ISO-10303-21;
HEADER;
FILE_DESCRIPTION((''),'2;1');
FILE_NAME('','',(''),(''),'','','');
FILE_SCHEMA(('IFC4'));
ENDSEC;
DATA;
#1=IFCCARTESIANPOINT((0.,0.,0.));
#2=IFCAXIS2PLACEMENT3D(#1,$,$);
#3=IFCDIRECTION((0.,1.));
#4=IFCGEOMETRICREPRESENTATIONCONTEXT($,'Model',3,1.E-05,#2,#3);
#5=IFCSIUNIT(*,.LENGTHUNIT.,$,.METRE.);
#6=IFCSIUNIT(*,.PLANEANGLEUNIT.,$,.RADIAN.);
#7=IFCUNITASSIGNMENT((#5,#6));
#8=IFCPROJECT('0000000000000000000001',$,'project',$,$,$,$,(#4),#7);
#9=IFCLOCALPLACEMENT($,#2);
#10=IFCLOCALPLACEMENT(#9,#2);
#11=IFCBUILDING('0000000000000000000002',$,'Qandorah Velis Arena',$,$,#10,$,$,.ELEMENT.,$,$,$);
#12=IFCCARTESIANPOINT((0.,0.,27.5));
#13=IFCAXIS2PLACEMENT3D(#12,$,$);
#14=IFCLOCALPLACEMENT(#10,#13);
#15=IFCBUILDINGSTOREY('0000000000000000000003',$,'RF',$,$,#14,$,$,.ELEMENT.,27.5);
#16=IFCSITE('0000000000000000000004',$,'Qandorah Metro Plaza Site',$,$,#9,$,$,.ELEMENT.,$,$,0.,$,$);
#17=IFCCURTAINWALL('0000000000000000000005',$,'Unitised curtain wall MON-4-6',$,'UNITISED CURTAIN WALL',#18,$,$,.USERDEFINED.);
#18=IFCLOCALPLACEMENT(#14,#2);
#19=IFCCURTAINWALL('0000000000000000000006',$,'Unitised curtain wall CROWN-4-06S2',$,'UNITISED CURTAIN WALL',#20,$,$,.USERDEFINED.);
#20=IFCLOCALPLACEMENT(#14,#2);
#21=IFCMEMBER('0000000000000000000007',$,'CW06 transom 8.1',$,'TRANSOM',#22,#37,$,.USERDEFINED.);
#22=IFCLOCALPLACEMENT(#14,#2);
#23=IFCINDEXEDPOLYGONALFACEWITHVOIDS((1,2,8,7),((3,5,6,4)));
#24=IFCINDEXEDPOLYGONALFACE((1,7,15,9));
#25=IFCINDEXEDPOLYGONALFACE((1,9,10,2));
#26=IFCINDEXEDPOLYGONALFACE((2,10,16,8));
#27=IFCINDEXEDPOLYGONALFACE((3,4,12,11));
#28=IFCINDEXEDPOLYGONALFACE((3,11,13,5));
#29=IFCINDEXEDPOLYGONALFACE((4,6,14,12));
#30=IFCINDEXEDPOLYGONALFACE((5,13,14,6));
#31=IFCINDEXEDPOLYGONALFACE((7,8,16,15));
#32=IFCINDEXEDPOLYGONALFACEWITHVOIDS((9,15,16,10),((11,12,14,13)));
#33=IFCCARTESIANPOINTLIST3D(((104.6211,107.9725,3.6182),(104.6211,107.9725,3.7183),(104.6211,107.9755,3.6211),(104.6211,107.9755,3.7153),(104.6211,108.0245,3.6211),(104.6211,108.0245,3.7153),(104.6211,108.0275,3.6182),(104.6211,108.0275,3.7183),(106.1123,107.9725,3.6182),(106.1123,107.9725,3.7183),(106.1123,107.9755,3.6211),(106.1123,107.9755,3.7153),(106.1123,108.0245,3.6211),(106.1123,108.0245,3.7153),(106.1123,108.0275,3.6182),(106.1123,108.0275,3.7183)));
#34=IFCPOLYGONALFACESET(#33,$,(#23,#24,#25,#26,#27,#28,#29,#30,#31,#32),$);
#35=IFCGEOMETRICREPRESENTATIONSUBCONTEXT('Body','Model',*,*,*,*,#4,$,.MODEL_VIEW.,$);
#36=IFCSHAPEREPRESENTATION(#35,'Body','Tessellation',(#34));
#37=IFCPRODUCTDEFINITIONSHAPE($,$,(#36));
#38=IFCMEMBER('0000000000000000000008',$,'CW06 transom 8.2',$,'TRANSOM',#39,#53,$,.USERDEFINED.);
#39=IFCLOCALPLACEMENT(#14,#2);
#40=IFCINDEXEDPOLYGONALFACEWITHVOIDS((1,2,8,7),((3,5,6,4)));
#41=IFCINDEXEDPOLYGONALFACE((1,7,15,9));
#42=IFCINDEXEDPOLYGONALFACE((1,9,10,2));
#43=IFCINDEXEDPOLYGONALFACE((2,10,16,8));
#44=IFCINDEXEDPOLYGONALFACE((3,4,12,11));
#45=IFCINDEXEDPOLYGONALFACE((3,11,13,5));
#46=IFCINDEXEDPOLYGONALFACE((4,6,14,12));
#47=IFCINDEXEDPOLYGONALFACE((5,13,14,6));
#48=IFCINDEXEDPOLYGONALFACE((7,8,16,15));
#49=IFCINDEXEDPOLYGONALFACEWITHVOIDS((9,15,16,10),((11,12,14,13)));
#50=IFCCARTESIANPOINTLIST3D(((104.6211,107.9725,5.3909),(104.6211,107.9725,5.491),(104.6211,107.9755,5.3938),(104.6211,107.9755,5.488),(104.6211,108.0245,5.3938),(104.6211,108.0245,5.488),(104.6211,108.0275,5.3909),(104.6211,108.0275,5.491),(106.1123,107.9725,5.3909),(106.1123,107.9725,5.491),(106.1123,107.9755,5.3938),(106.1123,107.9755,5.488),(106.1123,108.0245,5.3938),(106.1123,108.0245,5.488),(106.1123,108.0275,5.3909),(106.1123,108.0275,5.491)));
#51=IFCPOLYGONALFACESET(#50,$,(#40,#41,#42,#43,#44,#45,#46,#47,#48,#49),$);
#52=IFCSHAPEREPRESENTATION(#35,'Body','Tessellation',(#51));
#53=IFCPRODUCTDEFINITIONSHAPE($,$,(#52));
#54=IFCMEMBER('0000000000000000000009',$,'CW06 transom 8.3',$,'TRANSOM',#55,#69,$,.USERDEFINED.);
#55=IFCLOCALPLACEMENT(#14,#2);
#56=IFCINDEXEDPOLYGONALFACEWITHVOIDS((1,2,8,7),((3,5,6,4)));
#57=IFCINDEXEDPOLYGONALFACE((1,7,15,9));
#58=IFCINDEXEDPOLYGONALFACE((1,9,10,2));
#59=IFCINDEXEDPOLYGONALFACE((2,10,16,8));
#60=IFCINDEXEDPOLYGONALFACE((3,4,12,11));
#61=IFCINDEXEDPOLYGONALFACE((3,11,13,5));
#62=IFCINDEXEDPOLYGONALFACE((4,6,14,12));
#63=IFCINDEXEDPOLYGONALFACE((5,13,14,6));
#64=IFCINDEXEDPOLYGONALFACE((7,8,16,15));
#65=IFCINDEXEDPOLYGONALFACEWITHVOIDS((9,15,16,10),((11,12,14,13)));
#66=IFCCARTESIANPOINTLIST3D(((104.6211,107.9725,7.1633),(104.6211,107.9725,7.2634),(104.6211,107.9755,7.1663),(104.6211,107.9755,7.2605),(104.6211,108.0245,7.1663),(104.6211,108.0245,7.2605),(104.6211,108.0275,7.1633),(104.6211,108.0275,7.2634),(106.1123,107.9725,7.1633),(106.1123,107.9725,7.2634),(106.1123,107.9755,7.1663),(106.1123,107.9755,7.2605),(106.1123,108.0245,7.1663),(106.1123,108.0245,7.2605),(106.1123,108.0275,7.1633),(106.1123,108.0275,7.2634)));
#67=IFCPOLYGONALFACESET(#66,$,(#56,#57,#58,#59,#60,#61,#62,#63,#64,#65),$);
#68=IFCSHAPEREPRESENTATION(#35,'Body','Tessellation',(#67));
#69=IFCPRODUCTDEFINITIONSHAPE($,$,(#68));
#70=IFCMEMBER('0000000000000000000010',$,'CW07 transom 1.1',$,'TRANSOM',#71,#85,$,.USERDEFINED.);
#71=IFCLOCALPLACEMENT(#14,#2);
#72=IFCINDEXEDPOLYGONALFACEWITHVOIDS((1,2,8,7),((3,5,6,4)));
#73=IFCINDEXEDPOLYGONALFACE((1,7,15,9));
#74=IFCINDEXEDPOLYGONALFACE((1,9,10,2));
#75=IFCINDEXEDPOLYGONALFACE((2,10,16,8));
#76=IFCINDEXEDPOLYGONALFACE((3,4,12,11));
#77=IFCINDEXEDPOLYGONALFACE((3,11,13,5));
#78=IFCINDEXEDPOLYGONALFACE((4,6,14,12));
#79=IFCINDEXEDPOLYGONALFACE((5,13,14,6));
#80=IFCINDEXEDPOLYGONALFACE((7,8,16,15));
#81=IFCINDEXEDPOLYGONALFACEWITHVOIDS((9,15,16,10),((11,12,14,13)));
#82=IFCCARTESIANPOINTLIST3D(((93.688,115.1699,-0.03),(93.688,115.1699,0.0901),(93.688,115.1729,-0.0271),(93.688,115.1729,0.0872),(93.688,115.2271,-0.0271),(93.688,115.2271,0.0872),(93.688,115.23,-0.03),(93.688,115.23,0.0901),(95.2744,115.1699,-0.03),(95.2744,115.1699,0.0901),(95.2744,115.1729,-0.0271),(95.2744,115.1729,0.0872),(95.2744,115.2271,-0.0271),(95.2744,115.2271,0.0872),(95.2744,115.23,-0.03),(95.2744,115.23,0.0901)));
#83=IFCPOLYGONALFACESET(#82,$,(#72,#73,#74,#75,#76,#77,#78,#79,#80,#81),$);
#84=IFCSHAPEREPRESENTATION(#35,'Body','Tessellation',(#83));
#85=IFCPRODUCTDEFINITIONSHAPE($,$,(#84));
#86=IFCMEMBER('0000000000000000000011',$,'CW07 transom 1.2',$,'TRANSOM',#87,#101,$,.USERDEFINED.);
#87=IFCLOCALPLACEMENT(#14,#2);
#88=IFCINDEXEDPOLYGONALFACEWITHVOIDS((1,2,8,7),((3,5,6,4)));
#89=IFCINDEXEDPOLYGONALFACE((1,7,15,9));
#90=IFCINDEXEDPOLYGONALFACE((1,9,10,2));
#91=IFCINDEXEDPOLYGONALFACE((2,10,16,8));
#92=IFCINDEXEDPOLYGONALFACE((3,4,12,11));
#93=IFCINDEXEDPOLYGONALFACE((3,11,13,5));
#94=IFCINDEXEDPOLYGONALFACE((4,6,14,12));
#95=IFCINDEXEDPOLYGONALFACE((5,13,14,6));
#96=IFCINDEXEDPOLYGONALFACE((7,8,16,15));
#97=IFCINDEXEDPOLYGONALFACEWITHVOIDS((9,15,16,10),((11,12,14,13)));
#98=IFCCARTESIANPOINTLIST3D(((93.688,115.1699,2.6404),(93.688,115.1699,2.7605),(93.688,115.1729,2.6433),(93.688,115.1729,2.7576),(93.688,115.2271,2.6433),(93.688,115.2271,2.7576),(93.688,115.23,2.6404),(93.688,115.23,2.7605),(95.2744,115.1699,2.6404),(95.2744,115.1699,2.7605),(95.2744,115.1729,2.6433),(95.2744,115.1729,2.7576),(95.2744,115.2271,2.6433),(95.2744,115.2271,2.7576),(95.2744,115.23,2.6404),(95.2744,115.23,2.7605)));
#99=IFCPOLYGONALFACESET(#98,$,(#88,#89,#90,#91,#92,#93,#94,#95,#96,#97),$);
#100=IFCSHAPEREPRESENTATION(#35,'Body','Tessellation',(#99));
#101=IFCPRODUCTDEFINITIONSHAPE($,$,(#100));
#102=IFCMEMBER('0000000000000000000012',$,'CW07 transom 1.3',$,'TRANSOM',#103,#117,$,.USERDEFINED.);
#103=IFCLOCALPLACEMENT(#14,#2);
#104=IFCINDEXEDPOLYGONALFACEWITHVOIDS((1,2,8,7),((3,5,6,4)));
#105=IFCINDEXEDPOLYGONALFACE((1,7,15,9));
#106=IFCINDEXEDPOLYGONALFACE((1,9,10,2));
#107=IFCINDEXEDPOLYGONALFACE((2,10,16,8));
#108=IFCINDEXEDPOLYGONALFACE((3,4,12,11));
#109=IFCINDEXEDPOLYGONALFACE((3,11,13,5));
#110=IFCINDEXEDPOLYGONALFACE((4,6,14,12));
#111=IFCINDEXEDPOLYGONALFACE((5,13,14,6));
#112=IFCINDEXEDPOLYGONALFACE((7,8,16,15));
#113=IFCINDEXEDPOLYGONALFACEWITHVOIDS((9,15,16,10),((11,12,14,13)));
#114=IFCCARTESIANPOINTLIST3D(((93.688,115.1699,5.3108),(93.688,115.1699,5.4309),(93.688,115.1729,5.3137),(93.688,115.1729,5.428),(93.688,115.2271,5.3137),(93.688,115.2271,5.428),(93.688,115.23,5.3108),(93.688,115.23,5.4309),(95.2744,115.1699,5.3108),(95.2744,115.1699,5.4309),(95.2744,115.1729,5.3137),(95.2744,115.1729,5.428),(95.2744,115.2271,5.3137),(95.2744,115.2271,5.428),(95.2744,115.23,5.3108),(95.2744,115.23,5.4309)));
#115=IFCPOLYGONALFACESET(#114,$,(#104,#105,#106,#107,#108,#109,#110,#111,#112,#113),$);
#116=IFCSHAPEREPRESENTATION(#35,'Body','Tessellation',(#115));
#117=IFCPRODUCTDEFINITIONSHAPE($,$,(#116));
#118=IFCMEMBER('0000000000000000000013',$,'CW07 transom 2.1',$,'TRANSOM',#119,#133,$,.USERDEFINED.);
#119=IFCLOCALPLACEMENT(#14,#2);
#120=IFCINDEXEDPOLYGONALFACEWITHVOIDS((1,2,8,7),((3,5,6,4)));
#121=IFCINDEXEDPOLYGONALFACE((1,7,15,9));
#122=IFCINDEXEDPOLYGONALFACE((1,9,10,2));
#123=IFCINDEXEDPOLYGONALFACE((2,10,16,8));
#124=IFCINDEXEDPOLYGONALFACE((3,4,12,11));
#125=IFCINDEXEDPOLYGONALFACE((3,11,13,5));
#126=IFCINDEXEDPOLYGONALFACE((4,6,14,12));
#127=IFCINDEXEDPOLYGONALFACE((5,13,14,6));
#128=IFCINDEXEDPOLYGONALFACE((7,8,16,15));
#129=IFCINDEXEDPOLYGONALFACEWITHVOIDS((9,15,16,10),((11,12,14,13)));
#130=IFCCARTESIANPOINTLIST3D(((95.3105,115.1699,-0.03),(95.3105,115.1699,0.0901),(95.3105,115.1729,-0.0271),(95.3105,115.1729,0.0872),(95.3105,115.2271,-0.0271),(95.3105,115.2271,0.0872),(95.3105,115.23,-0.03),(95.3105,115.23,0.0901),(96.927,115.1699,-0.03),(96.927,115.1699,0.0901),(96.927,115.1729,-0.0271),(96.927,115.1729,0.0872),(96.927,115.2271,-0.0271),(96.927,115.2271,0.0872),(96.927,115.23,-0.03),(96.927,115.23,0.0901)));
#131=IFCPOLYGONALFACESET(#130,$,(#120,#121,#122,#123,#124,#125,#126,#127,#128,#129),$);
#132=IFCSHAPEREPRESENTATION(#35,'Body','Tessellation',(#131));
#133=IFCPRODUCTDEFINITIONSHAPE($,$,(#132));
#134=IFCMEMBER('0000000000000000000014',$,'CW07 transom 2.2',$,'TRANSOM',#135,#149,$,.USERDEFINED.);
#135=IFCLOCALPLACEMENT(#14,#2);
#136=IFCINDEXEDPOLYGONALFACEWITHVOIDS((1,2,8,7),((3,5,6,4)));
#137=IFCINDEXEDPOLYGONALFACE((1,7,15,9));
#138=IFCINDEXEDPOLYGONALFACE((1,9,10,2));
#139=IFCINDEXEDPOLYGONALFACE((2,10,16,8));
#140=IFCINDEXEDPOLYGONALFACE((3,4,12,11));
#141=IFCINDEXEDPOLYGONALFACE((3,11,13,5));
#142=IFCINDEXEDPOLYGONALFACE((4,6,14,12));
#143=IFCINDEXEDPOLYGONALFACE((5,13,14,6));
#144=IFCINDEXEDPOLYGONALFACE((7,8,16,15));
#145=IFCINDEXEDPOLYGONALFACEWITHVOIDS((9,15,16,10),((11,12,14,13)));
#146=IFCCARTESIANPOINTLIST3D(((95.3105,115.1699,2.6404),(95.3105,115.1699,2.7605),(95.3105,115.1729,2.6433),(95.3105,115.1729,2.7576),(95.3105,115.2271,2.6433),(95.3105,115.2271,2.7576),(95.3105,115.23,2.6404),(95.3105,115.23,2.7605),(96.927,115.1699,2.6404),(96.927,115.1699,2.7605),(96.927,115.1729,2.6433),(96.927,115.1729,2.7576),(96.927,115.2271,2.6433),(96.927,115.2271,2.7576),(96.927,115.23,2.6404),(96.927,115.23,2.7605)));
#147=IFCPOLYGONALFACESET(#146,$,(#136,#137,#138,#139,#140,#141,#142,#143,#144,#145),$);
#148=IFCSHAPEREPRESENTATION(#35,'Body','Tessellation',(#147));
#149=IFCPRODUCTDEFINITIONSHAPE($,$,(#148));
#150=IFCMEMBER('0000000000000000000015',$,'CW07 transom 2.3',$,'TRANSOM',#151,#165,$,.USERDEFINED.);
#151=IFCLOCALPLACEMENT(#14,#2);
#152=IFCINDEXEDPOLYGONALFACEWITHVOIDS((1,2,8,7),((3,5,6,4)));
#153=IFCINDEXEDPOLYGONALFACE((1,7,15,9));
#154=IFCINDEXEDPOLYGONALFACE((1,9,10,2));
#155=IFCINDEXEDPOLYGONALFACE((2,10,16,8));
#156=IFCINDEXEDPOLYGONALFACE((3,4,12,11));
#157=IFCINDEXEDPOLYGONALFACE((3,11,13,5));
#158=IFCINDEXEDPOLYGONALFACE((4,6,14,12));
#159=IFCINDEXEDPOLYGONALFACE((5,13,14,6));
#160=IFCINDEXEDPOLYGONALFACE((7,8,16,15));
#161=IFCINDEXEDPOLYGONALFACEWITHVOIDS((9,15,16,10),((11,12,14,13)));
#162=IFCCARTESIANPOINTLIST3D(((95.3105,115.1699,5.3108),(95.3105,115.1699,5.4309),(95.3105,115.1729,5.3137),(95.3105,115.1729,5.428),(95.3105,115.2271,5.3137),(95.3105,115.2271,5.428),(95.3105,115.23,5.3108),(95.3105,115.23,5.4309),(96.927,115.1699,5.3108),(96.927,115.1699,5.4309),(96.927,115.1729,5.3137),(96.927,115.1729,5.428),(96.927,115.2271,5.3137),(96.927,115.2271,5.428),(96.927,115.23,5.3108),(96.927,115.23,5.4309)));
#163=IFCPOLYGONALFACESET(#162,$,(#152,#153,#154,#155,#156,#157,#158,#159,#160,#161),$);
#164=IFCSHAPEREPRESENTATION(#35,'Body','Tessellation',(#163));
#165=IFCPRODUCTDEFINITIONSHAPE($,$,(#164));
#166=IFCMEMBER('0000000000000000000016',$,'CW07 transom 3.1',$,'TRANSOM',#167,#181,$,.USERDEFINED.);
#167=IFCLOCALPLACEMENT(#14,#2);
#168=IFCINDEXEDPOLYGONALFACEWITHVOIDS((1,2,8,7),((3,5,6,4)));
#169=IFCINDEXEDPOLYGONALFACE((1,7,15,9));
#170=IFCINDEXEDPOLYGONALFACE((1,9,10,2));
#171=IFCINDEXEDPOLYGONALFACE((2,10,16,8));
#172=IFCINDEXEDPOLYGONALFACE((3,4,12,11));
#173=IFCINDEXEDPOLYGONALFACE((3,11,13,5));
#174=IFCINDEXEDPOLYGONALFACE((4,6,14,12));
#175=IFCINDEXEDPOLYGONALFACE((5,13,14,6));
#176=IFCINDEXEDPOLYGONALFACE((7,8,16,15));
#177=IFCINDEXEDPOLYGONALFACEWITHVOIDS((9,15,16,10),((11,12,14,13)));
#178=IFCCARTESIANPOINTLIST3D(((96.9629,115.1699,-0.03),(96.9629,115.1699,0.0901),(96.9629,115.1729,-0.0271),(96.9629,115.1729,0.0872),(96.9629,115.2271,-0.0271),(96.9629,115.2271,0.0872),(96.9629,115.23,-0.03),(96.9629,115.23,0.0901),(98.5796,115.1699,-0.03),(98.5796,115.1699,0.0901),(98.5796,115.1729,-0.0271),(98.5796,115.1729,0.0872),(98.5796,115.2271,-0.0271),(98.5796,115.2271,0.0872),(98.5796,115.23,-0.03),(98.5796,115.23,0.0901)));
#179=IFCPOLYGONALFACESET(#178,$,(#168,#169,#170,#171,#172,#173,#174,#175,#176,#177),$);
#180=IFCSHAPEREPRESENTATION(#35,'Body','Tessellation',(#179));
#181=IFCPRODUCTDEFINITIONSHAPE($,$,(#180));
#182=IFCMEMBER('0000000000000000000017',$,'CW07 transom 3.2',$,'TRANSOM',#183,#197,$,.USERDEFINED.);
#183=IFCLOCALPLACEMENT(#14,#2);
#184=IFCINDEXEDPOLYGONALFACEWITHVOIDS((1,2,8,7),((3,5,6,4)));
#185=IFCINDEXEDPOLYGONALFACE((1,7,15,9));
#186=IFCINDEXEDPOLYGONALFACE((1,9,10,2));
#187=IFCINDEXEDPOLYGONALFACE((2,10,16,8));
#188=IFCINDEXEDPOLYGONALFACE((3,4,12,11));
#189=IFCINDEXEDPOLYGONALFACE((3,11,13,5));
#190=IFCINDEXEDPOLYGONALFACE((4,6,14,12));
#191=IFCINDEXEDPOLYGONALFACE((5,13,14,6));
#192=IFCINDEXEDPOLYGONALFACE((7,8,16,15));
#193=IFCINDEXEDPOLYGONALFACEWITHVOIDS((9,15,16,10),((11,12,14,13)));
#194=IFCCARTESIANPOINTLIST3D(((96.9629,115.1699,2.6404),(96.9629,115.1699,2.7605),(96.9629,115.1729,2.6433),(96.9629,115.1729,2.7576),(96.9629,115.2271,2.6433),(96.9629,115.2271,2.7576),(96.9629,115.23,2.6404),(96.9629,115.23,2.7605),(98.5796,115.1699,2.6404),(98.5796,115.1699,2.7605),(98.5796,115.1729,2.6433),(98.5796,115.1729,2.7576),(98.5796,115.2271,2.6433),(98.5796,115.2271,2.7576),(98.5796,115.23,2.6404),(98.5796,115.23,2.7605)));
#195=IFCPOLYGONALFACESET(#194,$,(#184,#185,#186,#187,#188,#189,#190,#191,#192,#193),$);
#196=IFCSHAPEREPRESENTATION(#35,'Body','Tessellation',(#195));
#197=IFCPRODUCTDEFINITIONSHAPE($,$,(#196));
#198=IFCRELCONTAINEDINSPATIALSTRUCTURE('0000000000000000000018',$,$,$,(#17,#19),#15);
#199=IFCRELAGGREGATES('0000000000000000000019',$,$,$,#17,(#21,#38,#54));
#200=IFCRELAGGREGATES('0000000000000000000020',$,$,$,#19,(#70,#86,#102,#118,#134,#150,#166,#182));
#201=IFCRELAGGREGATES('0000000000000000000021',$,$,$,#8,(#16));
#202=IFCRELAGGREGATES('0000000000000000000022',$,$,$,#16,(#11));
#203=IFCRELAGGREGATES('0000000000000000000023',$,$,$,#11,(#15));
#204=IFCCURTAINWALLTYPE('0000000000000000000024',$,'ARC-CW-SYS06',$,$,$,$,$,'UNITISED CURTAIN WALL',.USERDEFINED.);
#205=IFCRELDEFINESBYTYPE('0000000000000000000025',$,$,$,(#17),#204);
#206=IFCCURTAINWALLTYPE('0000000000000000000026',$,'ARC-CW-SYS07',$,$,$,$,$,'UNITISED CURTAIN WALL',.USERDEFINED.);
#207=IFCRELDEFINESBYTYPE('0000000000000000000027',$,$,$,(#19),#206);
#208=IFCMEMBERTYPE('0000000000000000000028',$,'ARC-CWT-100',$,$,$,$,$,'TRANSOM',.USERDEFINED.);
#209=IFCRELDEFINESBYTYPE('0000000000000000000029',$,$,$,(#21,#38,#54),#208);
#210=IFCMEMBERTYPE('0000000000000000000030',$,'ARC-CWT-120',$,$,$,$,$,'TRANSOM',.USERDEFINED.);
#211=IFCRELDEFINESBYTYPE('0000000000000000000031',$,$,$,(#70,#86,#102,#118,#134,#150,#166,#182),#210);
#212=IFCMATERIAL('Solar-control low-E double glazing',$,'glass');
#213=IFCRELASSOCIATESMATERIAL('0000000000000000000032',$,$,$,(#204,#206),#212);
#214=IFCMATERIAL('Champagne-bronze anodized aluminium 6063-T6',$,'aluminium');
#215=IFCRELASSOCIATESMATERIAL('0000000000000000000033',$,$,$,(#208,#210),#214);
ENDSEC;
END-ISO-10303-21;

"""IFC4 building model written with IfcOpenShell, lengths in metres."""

from ifc_helpers import new_model, si_unit, direction, frame, origin, origin_2d, place, context, subcontext, project, spatial, hollow_rectangle, extrude, material, material_profile, profile_set, type_object, element, aggregate, save


model = new_model("IFC4")

# Units and contexts
model_context = context("Model", 3, precision=1e-05, world=origin(), true_north=direction((0.0, 1.0)))
body_context = subcontext(model_context, "Body", "Model", "MODEL_VIEW")
ifc_project = project(units=[si_unit("LENGTHUNIT", "METRE"), si_unit("PLANEANGLEUNIT", "RADIAN")], contexts=[model_context])

# Site, building, storey
site_placement = place(None, origin())
site = spatial("IfcSite", under=ifc_project, at=site_placement, Name="Qandorah Metro Plaza Site", CompositionType="ELEMENT", RefElevation=0.0)
building_placement = place(site_placement, origin())
building = spatial("IfcBuilding", under=site, at=building_placement, Name="Qandorah Velis Arena", CompositionType="ELEMENT")
storey_placement = place(building_placement, frame((0.0, 0.0, 27.5)))
storey = spatial("IfcBuildingStorey", under=building, at=storey_placement, Name="RF", CompositionType="ELEMENT", Elevation=27.5)

# Curtain wall
ifc_material_1 = material(Name="Solar-control low-E double glazing", Category="glass")
curtain_wall_type_1 = type_object("IfcCurtainWallType", Name="ARC-CW-SYS06", ElementType="UNITISED CURTAIN WALL", PredefinedType="USERDEFINED", material=ifc_material_1)
curtain_wall_1_placement = place(storey_placement, origin())
curtain_wall_1 = element("IfcCurtainWall", 1, at=curtain_wall_1_placement, inside=storey, type_object=curtain_wall_type_1, Name="Unitised curtain wall MON-4-6", ObjectType="UNITISED CURTAIN WALL", PredefinedType="USERDEFINED")
ifc_material_2 = material(Name="Champagne-bronze anodized aluminium 6063-T6", Category="aluminium")

# Curtain wall
curtain_wall_type_2 = type_object("IfcCurtainWallType", Name="ARC-CW-SYS07", ElementType="UNITISED CURTAIN WALL", PredefinedType="USERDEFINED", material=ifc_material_1)
curtain_wall_2_placement = place(storey_placement, origin())
curtain_wall_2 = element("IfcCurtainWall", 2, at=curtain_wall_2_placement, inside=storey, type_object=curtain_wall_type_2, Name="Unitised curtain wall CROWN-4-06S2", ObjectType="UNITISED CURTAIN WALL", PredefinedType="USERDEFINED")

# Members
ifc_material_profile_1 = material_profile(ifc_material_2, hollow_rectangle(XDim=0.0549, YDim=0.1001, WallThickness=0.0029, at=origin_2d()), Name="ALU TRANSOM 55x100")
ifc_profile_set_1 = profile_set([ifc_material_profile_1], Name="Champagne-bronze anodized aluminium 6063-T6")
member_type_1 = type_object("IfcMemberType", Name="ARC-CWT-100", ElementType="TRANSOM", PredefinedType="USERDEFINED", material=ifc_profile_set_1)
member_1_placement = place(storey_placement, frame((104.6211, 108.0, 3.6682), z_axis=(1.0, 0.0, 0.0), x_axis=(0.0, 1.0, 0.0)))
member_1 = element("IfcMember", 3, at=member_1_placement, type_object=member_type_1, Name="CW06 transom 8.1", ObjectType="TRANSOM", PredefinedType="USERDEFINED", context=body_context, shape_type="SweptSolid", body=[
    extrude(hollow_rectangle(XDim=0.0549, YDim=0.1001, WallThickness=0.0029, at=origin_2d()), origin(), (0.0, 0.0, 1.0), 1.4912),
])
member_2_placement = place(storey_placement, frame((104.6211, 108.0, 5.4409), z_axis=(1.0, 0.0, 0.0), x_axis=(0.0, 1.0, 0.0)))
member_2 = element("IfcMember", 4, at=member_2_placement, type_object=member_type_1, Name="CW06 transom 8.2", ObjectType="TRANSOM", PredefinedType="USERDEFINED", context=body_context, shape_type="SweptSolid", body=[
    extrude(hollow_rectangle(XDim=0.0549, YDim=0.1001, WallThickness=0.0029, at=origin_2d()), origin(), (0.0, 0.0, 1.0), 1.4912),
])
member_3_placement = place(storey_placement, frame((104.6211, 108.0, 7.2134), z_axis=(1.0, 0.0, 0.0), x_axis=(0.0, 1.0, 0.0)))
member_3 = element("IfcMember", 5, at=member_3_placement, type_object=member_type_1, Name="CW06 transom 8.3", ObjectType="TRANSOM", PredefinedType="USERDEFINED", context=body_context, shape_type="SweptSolid", body=[
    extrude(hollow_rectangle(XDim=0.0549, YDim=0.1001, WallThickness=0.0029, at=origin_2d()), origin(), (0.0, 0.0, 1.0), 1.4912),
])
ifc_material_profile_2 = material_profile(ifc_material_2, hollow_rectangle(XDim=0.0601, YDim=0.1201, WallThickness=0.0029, at=origin_2d()), Name="ALU TRANSOM 60x120")
ifc_profile_set_2 = profile_set([ifc_material_profile_2], Name="Champagne-bronze anodized aluminium 6063-T6")
member_type_2 = type_object("IfcMemberType", Name="ARC-CWT-120", ElementType="TRANSOM", PredefinedType="USERDEFINED", material=ifc_profile_set_2)
member_4_placement = place(storey_placement, frame((93.688, 115.2, 0.03), z_axis=(1.0, 0.0, 0.0), x_axis=(0.0, 1.0, 0.0)))
member_4 = element("IfcMember", 6, at=member_4_placement, type_object=member_type_2, Name="CW07 transom 1.1", ObjectType="TRANSOM", PredefinedType="USERDEFINED", context=body_context, shape_type="SweptSolid", body=[
    extrude(hollow_rectangle(XDim=0.0601, YDim=0.1201, WallThickness=0.0029, at=origin_2d()), origin(), (0.0, 0.0, 1.0), 1.5864),
])
member_5_placement = place(storey_placement, frame((93.688, 115.2, 2.7004), z_axis=(1.0, 0.0, 0.0), x_axis=(0.0, 1.0, 0.0)))
member_5 = element("IfcMember", 7, at=member_5_placement, type_object=member_type_2, Name="CW07 transom 1.2", ObjectType="TRANSOM", PredefinedType="USERDEFINED", context=body_context, shape_type="SweptSolid", body=[
    extrude(hollow_rectangle(XDim=0.0601, YDim=0.1201, WallThickness=0.0029, at=origin_2d()), origin(), (0.0, 0.0, 1.0), 1.5864),
])
member_6_placement = place(storey_placement, frame((93.688, 115.2, 5.3708), z_axis=(1.0, 0.0, 0.0), x_axis=(0.0, 1.0, 0.0)))
member_6 = element("IfcMember", 8, at=member_6_placement, type_object=member_type_2, Name="CW07 transom 1.3", ObjectType="TRANSOM", PredefinedType="USERDEFINED", context=body_context, shape_type="SweptSolid", body=[
    extrude(hollow_rectangle(XDim=0.0601, YDim=0.1201, WallThickness=0.0029, at=origin_2d()), origin(), (0.0, 0.0, 1.0), 1.5864),
])
member_7_placement = place(storey_placement, frame((95.3105, 115.2, 0.03), z_axis=(1.0, 0.0, 0.0), x_axis=(0.0, 1.0, 0.0)))
member_7 = element("IfcMember", 9, at=member_7_placement, type_object=member_type_2, Name="CW07 transom 2.1", ObjectType="TRANSOM", PredefinedType="USERDEFINED", context=body_context, shape_type="SweptSolid", body=[
    extrude(hollow_rectangle(XDim=0.0601, YDim=0.1201, WallThickness=0.0029, at=origin_2d()), origin(), (0.0, 0.0, 1.0), 1.6165),
])
member_8_placement = place(storey_placement, frame((95.3105, 115.2, 2.7004), z_axis=(1.0, 0.0, 0.0), x_axis=(0.0, 1.0, 0.0)))
member_8 = element("IfcMember", 10, at=member_8_placement, type_object=member_type_2, Name="CW07 transom 2.2", ObjectType="TRANSOM", PredefinedType="USERDEFINED", context=body_context, shape_type="SweptSolid", body=[
    extrude(hollow_rectangle(XDim=0.0601, YDim=0.1201, WallThickness=0.0029, at=origin_2d()), origin(), (0.0, 0.0, 1.0), 1.6165),
])
member_9_placement = place(storey_placement, frame((95.3105, 115.2, 5.3708), z_axis=(1.0, 0.0, 0.0), x_axis=(0.0, 1.0, 0.0)))
member_9 = element("IfcMember", 11, at=member_9_placement, type_object=member_type_2, Name="CW07 transom 2.3", ObjectType="TRANSOM", PredefinedType="USERDEFINED", context=body_context, shape_type="SweptSolid", body=[
    extrude(hollow_rectangle(XDim=0.0601, YDim=0.1201, WallThickness=0.0029, at=origin_2d()), origin(), (0.0, 0.0, 1.0), 1.6165),
])
member_10_placement = place(storey_placement, frame((96.9629, 115.2, 0.03), z_axis=(1.0, 0.0, 0.0), x_axis=(0.0, 1.0, 0.0)))
member_10 = element("IfcMember", 12, at=member_10_placement, type_object=member_type_2, Name="CW07 transom 3.1", ObjectType="TRANSOM", PredefinedType="USERDEFINED", context=body_context, shape_type="SweptSolid", body=[
    extrude(hollow_rectangle(XDim=0.0601, YDim=0.1201, WallThickness=0.0029, at=origin_2d()), origin(), (0.0, 0.0, 1.0), 1.6167),
])
member_11_placement = place(storey_placement, frame((96.9629, 115.2, 2.7004), z_axis=(1.0, 0.0, 0.0), x_axis=(0.0, 1.0, 0.0)))
member_11 = element("IfcMember", 13, at=member_11_placement, type_object=member_type_2, Name="CW07 transom 3.2", ObjectType="TRANSOM", PredefinedType="USERDEFINED", context=body_context, shape_type="SweptSolid", body=[
    extrude(hollow_rectangle(XDim=0.0601, YDim=0.1201, WallThickness=0.0029, at=origin_2d()), origin(), (0.0, 0.0, 1.0), 1.6167),
])

aggregate(curtain_wall_1, [member_1, member_2, member_3])
aggregate(curtain_wall_2, [member_4, member_5, member_6, member_7, member_8, member_9, member_10, member_11])

save(model, "model.ifc")
